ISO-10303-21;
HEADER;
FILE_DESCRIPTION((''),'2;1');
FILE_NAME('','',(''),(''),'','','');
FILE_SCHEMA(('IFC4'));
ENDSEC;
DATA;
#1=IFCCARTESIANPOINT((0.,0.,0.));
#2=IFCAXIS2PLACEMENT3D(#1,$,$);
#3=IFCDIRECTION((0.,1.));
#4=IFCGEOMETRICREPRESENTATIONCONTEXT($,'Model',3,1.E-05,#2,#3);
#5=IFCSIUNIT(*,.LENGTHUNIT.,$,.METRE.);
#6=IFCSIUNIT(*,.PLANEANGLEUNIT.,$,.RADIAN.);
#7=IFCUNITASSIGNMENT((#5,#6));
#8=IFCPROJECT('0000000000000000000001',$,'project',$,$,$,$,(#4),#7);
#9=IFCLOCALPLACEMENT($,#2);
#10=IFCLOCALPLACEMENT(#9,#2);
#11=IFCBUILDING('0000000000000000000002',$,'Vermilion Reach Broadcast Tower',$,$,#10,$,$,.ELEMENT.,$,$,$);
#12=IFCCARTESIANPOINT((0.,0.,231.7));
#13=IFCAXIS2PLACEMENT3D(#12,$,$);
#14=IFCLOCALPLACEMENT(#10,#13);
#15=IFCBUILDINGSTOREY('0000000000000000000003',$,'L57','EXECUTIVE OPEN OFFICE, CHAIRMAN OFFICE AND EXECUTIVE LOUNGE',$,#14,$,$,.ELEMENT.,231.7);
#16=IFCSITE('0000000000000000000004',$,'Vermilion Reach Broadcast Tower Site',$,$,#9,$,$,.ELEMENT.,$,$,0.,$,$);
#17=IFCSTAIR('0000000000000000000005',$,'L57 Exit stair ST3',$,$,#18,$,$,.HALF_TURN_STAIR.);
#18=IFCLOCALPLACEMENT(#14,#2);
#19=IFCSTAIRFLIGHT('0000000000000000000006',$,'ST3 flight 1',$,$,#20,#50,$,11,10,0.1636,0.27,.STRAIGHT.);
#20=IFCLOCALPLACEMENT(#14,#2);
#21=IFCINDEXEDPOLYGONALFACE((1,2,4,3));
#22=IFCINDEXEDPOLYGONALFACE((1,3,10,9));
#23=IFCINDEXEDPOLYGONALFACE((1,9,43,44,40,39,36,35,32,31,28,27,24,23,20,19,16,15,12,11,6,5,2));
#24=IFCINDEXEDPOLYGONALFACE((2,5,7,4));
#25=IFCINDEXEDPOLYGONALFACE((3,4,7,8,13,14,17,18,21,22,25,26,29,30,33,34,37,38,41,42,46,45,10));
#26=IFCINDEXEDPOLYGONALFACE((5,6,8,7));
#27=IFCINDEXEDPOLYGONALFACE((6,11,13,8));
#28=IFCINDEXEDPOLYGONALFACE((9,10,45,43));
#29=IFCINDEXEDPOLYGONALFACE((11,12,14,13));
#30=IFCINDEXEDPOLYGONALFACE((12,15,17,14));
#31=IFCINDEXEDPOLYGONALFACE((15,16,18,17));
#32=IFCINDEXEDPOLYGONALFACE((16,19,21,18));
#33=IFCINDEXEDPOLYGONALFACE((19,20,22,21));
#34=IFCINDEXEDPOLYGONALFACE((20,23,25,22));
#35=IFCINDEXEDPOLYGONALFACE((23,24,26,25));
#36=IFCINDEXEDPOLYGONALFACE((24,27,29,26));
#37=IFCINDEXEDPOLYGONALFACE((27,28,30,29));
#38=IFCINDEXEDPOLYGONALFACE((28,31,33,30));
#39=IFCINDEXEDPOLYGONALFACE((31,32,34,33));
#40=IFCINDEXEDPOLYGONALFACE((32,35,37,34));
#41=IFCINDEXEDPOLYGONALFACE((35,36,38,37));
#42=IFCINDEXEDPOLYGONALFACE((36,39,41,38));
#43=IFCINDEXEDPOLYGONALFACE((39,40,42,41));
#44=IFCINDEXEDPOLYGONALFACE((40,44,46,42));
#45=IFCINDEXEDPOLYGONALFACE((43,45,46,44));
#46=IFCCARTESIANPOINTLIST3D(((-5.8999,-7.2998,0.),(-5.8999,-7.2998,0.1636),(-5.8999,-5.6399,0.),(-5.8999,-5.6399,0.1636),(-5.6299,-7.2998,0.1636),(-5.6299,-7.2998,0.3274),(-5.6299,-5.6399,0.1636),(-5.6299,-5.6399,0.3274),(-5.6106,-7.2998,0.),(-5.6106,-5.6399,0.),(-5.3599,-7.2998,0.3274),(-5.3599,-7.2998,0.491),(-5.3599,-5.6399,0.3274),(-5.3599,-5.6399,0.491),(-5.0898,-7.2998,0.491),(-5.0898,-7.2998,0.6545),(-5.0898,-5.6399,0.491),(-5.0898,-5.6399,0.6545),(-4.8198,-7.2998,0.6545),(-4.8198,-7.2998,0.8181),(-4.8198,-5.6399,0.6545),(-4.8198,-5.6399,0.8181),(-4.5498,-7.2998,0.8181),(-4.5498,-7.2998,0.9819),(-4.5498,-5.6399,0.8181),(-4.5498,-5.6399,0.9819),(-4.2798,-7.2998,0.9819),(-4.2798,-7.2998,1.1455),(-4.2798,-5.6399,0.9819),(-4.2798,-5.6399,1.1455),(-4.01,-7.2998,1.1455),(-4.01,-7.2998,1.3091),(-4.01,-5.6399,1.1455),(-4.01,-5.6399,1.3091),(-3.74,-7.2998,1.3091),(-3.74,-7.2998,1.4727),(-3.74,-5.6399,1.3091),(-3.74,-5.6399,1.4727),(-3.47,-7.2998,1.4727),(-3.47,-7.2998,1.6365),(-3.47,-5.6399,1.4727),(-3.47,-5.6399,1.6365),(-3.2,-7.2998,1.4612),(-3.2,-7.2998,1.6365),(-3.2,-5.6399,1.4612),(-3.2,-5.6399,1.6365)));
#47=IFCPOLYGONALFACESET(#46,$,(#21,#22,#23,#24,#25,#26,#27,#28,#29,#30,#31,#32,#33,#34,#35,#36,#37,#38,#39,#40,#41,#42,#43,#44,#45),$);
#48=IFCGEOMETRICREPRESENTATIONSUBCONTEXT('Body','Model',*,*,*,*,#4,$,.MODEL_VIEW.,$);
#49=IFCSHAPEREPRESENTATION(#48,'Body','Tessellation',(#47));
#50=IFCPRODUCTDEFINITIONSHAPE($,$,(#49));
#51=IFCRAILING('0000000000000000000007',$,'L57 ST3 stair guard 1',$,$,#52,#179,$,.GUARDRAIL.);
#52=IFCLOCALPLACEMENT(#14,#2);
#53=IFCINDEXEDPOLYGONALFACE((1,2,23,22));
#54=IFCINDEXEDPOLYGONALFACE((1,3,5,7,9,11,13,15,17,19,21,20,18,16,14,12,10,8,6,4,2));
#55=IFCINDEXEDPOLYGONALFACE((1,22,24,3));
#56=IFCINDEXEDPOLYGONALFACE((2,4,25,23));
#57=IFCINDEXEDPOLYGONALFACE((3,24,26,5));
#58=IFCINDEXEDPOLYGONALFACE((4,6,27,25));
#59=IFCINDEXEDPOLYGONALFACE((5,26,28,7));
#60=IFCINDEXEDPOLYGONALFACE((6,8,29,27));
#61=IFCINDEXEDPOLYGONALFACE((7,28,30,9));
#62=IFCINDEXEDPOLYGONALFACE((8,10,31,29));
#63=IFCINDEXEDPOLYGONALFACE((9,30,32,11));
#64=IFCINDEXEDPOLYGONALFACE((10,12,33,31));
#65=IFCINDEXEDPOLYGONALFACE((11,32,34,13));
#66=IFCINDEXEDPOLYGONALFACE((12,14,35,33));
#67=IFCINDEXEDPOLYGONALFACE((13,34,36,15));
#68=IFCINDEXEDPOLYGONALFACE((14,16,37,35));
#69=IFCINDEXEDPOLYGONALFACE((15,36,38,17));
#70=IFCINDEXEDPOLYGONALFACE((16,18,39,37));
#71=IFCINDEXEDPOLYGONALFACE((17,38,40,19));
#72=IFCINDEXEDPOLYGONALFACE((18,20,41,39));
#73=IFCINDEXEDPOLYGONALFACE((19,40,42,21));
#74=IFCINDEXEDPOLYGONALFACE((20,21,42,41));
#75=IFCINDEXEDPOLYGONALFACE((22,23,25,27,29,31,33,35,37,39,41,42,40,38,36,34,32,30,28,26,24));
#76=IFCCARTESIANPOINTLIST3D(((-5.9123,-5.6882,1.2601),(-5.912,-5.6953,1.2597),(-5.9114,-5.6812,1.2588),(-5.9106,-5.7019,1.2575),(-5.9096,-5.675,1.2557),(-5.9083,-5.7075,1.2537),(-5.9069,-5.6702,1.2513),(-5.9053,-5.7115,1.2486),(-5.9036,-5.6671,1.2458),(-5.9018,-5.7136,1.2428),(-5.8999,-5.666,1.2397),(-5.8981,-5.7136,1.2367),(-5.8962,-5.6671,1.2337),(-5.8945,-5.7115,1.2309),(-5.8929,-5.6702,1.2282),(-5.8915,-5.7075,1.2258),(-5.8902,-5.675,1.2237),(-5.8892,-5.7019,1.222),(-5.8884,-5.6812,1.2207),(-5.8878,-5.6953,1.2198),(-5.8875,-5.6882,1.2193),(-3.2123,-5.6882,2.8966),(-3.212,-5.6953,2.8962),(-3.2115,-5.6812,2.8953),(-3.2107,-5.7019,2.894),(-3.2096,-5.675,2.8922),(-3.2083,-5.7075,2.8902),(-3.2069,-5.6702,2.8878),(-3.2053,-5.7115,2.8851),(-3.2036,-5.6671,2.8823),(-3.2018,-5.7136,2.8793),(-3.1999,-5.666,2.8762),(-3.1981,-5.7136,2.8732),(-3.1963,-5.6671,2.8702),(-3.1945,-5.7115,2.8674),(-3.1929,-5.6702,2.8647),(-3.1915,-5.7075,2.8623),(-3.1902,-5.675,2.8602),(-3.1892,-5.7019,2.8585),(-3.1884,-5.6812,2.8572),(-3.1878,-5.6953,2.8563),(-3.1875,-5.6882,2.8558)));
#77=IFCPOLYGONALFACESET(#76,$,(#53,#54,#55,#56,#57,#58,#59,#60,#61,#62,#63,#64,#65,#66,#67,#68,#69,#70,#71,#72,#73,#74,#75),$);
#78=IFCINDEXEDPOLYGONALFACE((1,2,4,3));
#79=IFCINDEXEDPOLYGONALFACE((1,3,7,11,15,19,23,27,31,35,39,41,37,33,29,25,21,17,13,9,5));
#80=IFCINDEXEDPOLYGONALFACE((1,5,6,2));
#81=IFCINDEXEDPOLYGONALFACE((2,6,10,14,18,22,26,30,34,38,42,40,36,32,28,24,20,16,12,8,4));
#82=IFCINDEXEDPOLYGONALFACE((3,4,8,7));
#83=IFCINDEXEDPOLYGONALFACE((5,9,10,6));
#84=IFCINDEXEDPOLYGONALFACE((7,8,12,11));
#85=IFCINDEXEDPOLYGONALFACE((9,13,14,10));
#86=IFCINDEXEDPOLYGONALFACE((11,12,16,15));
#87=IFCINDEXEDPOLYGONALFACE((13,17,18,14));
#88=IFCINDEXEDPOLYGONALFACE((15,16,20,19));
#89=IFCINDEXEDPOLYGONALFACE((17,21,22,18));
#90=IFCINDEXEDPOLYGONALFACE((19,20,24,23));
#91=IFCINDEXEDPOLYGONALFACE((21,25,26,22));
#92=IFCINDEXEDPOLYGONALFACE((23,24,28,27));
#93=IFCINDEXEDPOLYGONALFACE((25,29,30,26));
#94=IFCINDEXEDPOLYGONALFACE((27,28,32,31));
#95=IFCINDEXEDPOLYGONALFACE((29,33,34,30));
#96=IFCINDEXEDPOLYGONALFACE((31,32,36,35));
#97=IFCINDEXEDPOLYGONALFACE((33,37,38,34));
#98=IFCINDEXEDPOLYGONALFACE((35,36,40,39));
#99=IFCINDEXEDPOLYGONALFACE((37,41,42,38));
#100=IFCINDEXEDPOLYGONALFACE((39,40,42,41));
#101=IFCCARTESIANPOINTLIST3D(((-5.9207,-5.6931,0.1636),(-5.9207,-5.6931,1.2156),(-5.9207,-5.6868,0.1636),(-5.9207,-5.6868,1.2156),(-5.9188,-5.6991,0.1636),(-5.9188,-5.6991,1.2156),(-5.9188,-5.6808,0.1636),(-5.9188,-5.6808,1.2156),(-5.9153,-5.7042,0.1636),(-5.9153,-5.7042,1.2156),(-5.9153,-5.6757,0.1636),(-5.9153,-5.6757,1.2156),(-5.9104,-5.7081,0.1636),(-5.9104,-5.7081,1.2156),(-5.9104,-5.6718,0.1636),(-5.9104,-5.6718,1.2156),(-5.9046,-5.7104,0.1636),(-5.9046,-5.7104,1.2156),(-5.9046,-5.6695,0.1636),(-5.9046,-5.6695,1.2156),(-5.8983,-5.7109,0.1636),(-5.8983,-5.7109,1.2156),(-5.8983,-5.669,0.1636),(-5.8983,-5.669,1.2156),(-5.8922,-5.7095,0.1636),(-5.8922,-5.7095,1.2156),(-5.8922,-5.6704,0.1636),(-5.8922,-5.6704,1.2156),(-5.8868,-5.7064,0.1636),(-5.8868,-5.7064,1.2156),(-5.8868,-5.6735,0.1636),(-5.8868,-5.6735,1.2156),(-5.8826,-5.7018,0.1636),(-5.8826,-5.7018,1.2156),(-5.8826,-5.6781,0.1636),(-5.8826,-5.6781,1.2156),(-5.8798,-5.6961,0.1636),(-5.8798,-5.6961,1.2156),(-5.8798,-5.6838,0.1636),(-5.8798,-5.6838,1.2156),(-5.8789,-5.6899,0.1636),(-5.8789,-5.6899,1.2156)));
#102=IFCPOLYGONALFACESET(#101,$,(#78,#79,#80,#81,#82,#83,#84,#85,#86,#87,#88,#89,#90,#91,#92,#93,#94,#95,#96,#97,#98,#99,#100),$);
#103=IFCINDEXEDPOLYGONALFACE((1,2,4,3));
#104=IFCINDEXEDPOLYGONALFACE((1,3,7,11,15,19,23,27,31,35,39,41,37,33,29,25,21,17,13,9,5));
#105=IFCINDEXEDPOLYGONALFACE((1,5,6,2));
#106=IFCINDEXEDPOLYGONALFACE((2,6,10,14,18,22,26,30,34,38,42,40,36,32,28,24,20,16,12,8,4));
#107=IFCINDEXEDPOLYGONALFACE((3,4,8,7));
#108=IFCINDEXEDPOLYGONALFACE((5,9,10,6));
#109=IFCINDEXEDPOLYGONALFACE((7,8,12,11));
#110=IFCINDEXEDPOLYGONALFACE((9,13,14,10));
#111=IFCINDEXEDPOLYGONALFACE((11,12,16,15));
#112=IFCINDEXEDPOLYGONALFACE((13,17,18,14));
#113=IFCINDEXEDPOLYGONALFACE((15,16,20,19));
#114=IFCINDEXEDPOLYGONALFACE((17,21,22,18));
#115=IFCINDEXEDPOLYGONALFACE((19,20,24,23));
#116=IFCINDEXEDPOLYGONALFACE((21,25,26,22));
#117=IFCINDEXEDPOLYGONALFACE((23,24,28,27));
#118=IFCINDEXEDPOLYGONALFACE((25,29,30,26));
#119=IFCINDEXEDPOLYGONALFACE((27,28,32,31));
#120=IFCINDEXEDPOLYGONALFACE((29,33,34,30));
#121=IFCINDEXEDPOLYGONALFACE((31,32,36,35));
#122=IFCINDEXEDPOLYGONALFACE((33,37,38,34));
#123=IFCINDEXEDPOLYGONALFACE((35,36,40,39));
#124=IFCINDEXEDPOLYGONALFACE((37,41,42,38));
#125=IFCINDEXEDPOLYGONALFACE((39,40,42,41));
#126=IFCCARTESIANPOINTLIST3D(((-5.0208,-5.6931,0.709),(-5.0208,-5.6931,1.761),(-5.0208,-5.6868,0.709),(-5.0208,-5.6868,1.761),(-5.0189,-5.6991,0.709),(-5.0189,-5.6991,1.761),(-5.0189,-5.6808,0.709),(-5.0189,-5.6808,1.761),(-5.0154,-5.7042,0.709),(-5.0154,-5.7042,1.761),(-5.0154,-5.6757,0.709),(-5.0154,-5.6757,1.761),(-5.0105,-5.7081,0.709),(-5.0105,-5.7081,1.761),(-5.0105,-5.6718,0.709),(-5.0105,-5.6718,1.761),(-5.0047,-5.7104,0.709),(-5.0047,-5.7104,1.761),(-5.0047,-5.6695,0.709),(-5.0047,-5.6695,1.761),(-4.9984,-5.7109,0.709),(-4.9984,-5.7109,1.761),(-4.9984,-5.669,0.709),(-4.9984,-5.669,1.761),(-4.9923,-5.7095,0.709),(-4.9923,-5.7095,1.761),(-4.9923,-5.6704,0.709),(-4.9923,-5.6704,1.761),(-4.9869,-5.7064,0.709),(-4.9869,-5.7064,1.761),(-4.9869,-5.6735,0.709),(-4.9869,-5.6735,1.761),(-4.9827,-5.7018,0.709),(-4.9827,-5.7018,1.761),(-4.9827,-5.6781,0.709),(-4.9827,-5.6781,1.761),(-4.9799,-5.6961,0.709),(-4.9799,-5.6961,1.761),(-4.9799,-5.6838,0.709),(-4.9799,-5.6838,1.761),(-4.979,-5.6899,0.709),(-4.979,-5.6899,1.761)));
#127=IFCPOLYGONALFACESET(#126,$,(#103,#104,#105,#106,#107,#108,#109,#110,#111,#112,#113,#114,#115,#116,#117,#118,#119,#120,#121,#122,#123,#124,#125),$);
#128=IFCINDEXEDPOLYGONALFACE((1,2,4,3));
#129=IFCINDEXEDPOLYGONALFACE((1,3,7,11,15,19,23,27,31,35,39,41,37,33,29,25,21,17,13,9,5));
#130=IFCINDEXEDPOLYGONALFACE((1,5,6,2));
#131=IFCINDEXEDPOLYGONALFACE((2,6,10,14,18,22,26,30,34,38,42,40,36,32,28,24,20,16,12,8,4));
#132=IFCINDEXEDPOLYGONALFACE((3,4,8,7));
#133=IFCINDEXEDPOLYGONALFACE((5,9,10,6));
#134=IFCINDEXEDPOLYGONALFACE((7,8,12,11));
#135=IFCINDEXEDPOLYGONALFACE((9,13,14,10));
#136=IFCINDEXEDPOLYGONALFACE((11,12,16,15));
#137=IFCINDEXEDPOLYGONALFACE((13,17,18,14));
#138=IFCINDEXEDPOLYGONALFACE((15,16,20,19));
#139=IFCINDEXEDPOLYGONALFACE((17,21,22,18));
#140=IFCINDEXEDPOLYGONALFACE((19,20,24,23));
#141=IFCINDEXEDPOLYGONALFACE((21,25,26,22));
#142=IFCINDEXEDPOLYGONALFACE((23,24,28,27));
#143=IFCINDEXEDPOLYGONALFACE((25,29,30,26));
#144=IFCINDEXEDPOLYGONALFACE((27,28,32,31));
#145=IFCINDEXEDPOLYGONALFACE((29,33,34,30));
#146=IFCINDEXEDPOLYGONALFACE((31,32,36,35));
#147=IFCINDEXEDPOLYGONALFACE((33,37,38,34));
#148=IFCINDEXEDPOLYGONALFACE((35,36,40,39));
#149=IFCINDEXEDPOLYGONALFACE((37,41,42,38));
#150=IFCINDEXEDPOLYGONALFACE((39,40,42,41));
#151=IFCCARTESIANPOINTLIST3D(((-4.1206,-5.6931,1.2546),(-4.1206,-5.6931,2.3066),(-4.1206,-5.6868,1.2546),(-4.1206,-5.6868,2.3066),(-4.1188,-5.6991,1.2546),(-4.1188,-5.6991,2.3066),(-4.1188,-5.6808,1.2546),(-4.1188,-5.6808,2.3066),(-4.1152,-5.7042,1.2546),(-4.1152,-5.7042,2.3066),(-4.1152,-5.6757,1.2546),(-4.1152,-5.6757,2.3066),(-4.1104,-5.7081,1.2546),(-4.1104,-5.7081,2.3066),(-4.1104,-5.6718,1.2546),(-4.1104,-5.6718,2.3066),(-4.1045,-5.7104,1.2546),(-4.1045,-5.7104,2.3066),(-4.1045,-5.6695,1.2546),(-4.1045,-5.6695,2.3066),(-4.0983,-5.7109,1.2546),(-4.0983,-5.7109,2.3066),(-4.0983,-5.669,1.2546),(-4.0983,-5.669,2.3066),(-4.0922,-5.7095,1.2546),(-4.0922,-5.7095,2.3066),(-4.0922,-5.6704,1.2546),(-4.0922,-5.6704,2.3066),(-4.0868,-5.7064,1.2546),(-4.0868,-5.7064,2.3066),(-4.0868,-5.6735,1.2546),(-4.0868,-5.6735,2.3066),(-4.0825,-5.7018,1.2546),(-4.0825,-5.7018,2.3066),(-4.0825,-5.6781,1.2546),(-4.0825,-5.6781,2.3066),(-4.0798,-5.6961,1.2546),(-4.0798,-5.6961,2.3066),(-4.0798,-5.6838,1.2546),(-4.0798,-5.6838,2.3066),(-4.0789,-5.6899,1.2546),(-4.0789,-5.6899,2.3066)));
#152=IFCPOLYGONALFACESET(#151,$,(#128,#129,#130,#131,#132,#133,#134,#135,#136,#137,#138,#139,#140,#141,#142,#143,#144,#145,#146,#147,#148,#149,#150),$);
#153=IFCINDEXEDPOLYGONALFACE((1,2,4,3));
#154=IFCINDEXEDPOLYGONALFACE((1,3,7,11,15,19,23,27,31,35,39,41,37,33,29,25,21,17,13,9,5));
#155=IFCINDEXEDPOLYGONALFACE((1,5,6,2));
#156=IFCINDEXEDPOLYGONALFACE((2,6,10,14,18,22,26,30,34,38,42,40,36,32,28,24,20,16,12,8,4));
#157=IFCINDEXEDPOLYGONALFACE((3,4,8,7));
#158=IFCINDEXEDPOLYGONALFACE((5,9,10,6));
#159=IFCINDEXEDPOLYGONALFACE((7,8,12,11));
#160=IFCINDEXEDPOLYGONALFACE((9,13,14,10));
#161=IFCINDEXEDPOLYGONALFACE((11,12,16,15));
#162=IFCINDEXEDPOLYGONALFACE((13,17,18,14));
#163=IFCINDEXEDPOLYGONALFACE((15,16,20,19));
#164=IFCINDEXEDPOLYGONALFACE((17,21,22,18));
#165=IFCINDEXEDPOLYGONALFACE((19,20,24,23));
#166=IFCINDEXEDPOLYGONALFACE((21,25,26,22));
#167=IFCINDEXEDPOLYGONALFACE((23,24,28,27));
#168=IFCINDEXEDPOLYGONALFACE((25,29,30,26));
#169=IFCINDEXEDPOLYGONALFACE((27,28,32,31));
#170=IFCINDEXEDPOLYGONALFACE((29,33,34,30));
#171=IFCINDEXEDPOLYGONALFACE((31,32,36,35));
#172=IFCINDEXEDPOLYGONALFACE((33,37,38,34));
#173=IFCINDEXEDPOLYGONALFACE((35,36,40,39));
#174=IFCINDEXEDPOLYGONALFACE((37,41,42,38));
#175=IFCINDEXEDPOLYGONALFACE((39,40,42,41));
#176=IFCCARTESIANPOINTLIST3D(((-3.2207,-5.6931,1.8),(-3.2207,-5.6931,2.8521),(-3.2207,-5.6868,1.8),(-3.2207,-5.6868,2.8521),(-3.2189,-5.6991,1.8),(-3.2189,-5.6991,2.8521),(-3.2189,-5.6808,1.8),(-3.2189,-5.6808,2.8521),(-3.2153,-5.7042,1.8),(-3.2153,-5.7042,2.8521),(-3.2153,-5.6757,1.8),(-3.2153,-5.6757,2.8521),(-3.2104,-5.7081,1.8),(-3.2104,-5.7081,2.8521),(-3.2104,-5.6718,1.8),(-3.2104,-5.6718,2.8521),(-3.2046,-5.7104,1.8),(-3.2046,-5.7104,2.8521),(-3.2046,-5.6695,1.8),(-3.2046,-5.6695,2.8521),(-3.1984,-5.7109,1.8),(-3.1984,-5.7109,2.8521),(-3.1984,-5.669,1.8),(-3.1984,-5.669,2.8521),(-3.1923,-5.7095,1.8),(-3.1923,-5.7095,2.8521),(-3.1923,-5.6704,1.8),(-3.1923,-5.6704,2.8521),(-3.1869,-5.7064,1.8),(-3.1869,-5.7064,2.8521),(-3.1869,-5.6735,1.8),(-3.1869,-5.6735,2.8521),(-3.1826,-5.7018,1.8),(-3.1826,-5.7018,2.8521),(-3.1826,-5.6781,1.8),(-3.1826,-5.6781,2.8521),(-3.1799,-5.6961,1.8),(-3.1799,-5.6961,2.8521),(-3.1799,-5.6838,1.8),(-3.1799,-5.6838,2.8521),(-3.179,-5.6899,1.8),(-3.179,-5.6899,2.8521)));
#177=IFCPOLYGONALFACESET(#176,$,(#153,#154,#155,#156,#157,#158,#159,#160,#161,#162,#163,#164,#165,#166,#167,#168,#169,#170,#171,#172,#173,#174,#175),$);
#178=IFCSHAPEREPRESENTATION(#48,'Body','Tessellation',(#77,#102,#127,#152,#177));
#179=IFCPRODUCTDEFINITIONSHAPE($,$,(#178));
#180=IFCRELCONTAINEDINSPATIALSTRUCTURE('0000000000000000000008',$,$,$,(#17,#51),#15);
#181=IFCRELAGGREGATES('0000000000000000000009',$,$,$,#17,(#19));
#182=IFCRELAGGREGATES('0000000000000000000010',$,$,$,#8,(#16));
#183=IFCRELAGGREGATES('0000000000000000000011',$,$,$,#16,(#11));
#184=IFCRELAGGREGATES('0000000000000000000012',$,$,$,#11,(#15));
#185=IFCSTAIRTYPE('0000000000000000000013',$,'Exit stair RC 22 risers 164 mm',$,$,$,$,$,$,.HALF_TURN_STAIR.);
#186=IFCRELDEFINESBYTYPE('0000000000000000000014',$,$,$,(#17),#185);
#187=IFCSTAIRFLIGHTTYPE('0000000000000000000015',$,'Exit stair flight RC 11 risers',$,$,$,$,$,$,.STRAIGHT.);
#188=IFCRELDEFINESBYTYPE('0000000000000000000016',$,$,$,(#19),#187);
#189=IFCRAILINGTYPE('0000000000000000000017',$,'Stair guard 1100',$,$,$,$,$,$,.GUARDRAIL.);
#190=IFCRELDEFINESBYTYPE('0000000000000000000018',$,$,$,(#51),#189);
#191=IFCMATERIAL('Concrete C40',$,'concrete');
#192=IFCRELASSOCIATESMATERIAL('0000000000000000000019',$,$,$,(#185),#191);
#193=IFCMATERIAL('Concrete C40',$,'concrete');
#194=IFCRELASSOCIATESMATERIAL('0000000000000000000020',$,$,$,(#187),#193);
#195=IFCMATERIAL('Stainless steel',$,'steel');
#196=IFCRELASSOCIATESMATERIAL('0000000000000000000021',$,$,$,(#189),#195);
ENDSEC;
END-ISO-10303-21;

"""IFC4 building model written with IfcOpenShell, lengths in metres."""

from ifc_helpers import new_model, si_unit, direction, frame, origin, origin_2d, place, context, subcontext, project, spatial, polyline, circle, outline, extrude, material, type_object, element, aggregate, save


model = new_model("IFC4")

# Units and contexts
model_context = context("Model", 3, precision=1e-05, world=origin(), true_north=direction((0.0, 1.0)))
body_context = subcontext(model_context, "Body", "Model", "MODEL_VIEW")
ifc_project = project(units=[si_unit("LENGTHUNIT", "METRE"), si_unit("PLANEANGLEUNIT", "RADIAN")], contexts=[model_context])

# Site, building, storey
site_placement = place(None, origin())
site = spatial("IfcSite", under=ifc_project, at=site_placement, Name="Vermilion Reach Broadcast Tower Site", CompositionType="ELEMENT", RefElevation=0.0)
building_placement = place(site_placement, origin())
building = spatial("IfcBuilding", under=site, at=building_placement, Name="Vermilion Reach Broadcast Tower", CompositionType="ELEMENT")
storey_placement = place(building_placement, frame((0.0, 0.0, 231.7)))
storey = spatial("IfcBuildingStorey", under=building, at=storey_placement, Name="L57", Description="EXECUTIVE OPEN OFFICE, CHAIRMAN OFFICE AND EXECUTIVE LOUNGE", CompositionType="ELEMENT", Elevation=231.7)

# Stair, stair flight
ifc_material_1 = material(Name="Concrete C40", Category="concrete")
stair_type = type_object("IfcStairType", Name="Exit stair RC 22 risers 164 mm", PredefinedType="HALF_TURN_STAIR", material=ifc_material_1)
stair_placement = place(storey_placement, origin())
stair = element("IfcStair", 1, at=stair_placement, inside=storey, type_object=stair_type, Name="L57 Exit stair ST3", PredefinedType="HALF_TURN_STAIR")
ifc_material_2 = material(Name="Concrete C40", Category="concrete")
stair_flight_type = type_object("IfcStairFlightType", Name="Exit stair flight RC 11 risers", PredefinedType="STRAIGHT", material=ifc_material_2)
stair_flight_placement = place(storey_placement, frame((-5.8999, -6.47, 0.0), z_axis=(0.0, 0.0, 1.0), x_axis=(1.0, 0.0, 0.0)))
stair_flight = element("IfcStairFlight", 2, at=stair_flight_placement, type_object=stair_flight_type, Name="ST3 flight 1", NumberOfRisers=11, NumberOfTreads=10, PredefinedType="STRAIGHT", RiserHeight=0.1636, TreadLength=0.27, context=body_context, shape_type="SweptSolid", body=[
    extrude(outline(polyline([(0.0, 0.0), (0.0, 0.1636), (0.27, 0.1636), (0.27, 0.3274), (0.54, 0.3274), (0.54, 0.491), (0.8101, 0.491), (0.8101, 0.6545), (1.0801, 0.6545), (1.0801, 0.8181), (1.3501, 0.8181), (1.3501, 0.9819), (1.6201, 0.9819), (1.6201, 1.1455), (1.8899, 1.1455), (1.8899, 1.3091), (2.1599, 1.3091), (2.1599, 1.4727), (2.4299, 1.4727), (2.4299, 1.6365), (2.7, 1.6365), (2.7, 1.8), (2.7, 1.4612), (0.2893, 0.0), (0.0, 0.0)])), frame((0.0, 0.8301, 0.0), z_axis=(0.0, -1.0, 0.0), x_axis=(1.0, 0.0, 0.0)), (0.0, 0.0, 1.0), 1.6599),
])
aggregate(stair, [stair_flight])

# Railing
ifc_material_3 = material(Name="Stainless steel", Category="steel")
railing_type_1 = type_object("IfcRailingType", Name="Stair guard 1100", PredefinedType="GUARDRAIL", material=ifc_material_3)
railing_1_placement = place(storey_placement, frame((-5.8999, -5.6899, 0.1636)))
element("IfcRailing", 3, at=railing_1_placement, inside=storey, type_object=railing_type_1, Name="L57 ST3 stair guard 1", PredefinedType="GUARDRAIL", context=body_context, shape_type="SweptSolid", body=[
    extrude(circle(Radius=0.0239, at=origin_2d()), frame((0.0, 0.0, 1.0762), z_axis=(0.855178, 0.0, 0.518334), x_axis=(0.0, 1.0, 0.0)), (0.0, 0.0, 1.0), 3.1572),
    extrude(circle(Radius=0.021, at=origin_2d()), origin(), (0.0, 0.0, 1.0), 1.052),
    extrude(circle(Radius=0.021, at=origin_2d()), frame((0.8999, 0.0, 0.5454)), (0.0, 0.0, 1.0), 1.052),
    extrude(circle(Radius=0.021, at=origin_2d()), frame((1.8, 0.0, 1.0911)), (0.0, 0.0, 1.0), 1.052),
    extrude(circle(Radius=0.021, at=origin_2d()), frame((2.7, 0.0, 1.6365)), (0.0, 0.0, 1.0), 1.052),
])

save(model, "model.ifc")
